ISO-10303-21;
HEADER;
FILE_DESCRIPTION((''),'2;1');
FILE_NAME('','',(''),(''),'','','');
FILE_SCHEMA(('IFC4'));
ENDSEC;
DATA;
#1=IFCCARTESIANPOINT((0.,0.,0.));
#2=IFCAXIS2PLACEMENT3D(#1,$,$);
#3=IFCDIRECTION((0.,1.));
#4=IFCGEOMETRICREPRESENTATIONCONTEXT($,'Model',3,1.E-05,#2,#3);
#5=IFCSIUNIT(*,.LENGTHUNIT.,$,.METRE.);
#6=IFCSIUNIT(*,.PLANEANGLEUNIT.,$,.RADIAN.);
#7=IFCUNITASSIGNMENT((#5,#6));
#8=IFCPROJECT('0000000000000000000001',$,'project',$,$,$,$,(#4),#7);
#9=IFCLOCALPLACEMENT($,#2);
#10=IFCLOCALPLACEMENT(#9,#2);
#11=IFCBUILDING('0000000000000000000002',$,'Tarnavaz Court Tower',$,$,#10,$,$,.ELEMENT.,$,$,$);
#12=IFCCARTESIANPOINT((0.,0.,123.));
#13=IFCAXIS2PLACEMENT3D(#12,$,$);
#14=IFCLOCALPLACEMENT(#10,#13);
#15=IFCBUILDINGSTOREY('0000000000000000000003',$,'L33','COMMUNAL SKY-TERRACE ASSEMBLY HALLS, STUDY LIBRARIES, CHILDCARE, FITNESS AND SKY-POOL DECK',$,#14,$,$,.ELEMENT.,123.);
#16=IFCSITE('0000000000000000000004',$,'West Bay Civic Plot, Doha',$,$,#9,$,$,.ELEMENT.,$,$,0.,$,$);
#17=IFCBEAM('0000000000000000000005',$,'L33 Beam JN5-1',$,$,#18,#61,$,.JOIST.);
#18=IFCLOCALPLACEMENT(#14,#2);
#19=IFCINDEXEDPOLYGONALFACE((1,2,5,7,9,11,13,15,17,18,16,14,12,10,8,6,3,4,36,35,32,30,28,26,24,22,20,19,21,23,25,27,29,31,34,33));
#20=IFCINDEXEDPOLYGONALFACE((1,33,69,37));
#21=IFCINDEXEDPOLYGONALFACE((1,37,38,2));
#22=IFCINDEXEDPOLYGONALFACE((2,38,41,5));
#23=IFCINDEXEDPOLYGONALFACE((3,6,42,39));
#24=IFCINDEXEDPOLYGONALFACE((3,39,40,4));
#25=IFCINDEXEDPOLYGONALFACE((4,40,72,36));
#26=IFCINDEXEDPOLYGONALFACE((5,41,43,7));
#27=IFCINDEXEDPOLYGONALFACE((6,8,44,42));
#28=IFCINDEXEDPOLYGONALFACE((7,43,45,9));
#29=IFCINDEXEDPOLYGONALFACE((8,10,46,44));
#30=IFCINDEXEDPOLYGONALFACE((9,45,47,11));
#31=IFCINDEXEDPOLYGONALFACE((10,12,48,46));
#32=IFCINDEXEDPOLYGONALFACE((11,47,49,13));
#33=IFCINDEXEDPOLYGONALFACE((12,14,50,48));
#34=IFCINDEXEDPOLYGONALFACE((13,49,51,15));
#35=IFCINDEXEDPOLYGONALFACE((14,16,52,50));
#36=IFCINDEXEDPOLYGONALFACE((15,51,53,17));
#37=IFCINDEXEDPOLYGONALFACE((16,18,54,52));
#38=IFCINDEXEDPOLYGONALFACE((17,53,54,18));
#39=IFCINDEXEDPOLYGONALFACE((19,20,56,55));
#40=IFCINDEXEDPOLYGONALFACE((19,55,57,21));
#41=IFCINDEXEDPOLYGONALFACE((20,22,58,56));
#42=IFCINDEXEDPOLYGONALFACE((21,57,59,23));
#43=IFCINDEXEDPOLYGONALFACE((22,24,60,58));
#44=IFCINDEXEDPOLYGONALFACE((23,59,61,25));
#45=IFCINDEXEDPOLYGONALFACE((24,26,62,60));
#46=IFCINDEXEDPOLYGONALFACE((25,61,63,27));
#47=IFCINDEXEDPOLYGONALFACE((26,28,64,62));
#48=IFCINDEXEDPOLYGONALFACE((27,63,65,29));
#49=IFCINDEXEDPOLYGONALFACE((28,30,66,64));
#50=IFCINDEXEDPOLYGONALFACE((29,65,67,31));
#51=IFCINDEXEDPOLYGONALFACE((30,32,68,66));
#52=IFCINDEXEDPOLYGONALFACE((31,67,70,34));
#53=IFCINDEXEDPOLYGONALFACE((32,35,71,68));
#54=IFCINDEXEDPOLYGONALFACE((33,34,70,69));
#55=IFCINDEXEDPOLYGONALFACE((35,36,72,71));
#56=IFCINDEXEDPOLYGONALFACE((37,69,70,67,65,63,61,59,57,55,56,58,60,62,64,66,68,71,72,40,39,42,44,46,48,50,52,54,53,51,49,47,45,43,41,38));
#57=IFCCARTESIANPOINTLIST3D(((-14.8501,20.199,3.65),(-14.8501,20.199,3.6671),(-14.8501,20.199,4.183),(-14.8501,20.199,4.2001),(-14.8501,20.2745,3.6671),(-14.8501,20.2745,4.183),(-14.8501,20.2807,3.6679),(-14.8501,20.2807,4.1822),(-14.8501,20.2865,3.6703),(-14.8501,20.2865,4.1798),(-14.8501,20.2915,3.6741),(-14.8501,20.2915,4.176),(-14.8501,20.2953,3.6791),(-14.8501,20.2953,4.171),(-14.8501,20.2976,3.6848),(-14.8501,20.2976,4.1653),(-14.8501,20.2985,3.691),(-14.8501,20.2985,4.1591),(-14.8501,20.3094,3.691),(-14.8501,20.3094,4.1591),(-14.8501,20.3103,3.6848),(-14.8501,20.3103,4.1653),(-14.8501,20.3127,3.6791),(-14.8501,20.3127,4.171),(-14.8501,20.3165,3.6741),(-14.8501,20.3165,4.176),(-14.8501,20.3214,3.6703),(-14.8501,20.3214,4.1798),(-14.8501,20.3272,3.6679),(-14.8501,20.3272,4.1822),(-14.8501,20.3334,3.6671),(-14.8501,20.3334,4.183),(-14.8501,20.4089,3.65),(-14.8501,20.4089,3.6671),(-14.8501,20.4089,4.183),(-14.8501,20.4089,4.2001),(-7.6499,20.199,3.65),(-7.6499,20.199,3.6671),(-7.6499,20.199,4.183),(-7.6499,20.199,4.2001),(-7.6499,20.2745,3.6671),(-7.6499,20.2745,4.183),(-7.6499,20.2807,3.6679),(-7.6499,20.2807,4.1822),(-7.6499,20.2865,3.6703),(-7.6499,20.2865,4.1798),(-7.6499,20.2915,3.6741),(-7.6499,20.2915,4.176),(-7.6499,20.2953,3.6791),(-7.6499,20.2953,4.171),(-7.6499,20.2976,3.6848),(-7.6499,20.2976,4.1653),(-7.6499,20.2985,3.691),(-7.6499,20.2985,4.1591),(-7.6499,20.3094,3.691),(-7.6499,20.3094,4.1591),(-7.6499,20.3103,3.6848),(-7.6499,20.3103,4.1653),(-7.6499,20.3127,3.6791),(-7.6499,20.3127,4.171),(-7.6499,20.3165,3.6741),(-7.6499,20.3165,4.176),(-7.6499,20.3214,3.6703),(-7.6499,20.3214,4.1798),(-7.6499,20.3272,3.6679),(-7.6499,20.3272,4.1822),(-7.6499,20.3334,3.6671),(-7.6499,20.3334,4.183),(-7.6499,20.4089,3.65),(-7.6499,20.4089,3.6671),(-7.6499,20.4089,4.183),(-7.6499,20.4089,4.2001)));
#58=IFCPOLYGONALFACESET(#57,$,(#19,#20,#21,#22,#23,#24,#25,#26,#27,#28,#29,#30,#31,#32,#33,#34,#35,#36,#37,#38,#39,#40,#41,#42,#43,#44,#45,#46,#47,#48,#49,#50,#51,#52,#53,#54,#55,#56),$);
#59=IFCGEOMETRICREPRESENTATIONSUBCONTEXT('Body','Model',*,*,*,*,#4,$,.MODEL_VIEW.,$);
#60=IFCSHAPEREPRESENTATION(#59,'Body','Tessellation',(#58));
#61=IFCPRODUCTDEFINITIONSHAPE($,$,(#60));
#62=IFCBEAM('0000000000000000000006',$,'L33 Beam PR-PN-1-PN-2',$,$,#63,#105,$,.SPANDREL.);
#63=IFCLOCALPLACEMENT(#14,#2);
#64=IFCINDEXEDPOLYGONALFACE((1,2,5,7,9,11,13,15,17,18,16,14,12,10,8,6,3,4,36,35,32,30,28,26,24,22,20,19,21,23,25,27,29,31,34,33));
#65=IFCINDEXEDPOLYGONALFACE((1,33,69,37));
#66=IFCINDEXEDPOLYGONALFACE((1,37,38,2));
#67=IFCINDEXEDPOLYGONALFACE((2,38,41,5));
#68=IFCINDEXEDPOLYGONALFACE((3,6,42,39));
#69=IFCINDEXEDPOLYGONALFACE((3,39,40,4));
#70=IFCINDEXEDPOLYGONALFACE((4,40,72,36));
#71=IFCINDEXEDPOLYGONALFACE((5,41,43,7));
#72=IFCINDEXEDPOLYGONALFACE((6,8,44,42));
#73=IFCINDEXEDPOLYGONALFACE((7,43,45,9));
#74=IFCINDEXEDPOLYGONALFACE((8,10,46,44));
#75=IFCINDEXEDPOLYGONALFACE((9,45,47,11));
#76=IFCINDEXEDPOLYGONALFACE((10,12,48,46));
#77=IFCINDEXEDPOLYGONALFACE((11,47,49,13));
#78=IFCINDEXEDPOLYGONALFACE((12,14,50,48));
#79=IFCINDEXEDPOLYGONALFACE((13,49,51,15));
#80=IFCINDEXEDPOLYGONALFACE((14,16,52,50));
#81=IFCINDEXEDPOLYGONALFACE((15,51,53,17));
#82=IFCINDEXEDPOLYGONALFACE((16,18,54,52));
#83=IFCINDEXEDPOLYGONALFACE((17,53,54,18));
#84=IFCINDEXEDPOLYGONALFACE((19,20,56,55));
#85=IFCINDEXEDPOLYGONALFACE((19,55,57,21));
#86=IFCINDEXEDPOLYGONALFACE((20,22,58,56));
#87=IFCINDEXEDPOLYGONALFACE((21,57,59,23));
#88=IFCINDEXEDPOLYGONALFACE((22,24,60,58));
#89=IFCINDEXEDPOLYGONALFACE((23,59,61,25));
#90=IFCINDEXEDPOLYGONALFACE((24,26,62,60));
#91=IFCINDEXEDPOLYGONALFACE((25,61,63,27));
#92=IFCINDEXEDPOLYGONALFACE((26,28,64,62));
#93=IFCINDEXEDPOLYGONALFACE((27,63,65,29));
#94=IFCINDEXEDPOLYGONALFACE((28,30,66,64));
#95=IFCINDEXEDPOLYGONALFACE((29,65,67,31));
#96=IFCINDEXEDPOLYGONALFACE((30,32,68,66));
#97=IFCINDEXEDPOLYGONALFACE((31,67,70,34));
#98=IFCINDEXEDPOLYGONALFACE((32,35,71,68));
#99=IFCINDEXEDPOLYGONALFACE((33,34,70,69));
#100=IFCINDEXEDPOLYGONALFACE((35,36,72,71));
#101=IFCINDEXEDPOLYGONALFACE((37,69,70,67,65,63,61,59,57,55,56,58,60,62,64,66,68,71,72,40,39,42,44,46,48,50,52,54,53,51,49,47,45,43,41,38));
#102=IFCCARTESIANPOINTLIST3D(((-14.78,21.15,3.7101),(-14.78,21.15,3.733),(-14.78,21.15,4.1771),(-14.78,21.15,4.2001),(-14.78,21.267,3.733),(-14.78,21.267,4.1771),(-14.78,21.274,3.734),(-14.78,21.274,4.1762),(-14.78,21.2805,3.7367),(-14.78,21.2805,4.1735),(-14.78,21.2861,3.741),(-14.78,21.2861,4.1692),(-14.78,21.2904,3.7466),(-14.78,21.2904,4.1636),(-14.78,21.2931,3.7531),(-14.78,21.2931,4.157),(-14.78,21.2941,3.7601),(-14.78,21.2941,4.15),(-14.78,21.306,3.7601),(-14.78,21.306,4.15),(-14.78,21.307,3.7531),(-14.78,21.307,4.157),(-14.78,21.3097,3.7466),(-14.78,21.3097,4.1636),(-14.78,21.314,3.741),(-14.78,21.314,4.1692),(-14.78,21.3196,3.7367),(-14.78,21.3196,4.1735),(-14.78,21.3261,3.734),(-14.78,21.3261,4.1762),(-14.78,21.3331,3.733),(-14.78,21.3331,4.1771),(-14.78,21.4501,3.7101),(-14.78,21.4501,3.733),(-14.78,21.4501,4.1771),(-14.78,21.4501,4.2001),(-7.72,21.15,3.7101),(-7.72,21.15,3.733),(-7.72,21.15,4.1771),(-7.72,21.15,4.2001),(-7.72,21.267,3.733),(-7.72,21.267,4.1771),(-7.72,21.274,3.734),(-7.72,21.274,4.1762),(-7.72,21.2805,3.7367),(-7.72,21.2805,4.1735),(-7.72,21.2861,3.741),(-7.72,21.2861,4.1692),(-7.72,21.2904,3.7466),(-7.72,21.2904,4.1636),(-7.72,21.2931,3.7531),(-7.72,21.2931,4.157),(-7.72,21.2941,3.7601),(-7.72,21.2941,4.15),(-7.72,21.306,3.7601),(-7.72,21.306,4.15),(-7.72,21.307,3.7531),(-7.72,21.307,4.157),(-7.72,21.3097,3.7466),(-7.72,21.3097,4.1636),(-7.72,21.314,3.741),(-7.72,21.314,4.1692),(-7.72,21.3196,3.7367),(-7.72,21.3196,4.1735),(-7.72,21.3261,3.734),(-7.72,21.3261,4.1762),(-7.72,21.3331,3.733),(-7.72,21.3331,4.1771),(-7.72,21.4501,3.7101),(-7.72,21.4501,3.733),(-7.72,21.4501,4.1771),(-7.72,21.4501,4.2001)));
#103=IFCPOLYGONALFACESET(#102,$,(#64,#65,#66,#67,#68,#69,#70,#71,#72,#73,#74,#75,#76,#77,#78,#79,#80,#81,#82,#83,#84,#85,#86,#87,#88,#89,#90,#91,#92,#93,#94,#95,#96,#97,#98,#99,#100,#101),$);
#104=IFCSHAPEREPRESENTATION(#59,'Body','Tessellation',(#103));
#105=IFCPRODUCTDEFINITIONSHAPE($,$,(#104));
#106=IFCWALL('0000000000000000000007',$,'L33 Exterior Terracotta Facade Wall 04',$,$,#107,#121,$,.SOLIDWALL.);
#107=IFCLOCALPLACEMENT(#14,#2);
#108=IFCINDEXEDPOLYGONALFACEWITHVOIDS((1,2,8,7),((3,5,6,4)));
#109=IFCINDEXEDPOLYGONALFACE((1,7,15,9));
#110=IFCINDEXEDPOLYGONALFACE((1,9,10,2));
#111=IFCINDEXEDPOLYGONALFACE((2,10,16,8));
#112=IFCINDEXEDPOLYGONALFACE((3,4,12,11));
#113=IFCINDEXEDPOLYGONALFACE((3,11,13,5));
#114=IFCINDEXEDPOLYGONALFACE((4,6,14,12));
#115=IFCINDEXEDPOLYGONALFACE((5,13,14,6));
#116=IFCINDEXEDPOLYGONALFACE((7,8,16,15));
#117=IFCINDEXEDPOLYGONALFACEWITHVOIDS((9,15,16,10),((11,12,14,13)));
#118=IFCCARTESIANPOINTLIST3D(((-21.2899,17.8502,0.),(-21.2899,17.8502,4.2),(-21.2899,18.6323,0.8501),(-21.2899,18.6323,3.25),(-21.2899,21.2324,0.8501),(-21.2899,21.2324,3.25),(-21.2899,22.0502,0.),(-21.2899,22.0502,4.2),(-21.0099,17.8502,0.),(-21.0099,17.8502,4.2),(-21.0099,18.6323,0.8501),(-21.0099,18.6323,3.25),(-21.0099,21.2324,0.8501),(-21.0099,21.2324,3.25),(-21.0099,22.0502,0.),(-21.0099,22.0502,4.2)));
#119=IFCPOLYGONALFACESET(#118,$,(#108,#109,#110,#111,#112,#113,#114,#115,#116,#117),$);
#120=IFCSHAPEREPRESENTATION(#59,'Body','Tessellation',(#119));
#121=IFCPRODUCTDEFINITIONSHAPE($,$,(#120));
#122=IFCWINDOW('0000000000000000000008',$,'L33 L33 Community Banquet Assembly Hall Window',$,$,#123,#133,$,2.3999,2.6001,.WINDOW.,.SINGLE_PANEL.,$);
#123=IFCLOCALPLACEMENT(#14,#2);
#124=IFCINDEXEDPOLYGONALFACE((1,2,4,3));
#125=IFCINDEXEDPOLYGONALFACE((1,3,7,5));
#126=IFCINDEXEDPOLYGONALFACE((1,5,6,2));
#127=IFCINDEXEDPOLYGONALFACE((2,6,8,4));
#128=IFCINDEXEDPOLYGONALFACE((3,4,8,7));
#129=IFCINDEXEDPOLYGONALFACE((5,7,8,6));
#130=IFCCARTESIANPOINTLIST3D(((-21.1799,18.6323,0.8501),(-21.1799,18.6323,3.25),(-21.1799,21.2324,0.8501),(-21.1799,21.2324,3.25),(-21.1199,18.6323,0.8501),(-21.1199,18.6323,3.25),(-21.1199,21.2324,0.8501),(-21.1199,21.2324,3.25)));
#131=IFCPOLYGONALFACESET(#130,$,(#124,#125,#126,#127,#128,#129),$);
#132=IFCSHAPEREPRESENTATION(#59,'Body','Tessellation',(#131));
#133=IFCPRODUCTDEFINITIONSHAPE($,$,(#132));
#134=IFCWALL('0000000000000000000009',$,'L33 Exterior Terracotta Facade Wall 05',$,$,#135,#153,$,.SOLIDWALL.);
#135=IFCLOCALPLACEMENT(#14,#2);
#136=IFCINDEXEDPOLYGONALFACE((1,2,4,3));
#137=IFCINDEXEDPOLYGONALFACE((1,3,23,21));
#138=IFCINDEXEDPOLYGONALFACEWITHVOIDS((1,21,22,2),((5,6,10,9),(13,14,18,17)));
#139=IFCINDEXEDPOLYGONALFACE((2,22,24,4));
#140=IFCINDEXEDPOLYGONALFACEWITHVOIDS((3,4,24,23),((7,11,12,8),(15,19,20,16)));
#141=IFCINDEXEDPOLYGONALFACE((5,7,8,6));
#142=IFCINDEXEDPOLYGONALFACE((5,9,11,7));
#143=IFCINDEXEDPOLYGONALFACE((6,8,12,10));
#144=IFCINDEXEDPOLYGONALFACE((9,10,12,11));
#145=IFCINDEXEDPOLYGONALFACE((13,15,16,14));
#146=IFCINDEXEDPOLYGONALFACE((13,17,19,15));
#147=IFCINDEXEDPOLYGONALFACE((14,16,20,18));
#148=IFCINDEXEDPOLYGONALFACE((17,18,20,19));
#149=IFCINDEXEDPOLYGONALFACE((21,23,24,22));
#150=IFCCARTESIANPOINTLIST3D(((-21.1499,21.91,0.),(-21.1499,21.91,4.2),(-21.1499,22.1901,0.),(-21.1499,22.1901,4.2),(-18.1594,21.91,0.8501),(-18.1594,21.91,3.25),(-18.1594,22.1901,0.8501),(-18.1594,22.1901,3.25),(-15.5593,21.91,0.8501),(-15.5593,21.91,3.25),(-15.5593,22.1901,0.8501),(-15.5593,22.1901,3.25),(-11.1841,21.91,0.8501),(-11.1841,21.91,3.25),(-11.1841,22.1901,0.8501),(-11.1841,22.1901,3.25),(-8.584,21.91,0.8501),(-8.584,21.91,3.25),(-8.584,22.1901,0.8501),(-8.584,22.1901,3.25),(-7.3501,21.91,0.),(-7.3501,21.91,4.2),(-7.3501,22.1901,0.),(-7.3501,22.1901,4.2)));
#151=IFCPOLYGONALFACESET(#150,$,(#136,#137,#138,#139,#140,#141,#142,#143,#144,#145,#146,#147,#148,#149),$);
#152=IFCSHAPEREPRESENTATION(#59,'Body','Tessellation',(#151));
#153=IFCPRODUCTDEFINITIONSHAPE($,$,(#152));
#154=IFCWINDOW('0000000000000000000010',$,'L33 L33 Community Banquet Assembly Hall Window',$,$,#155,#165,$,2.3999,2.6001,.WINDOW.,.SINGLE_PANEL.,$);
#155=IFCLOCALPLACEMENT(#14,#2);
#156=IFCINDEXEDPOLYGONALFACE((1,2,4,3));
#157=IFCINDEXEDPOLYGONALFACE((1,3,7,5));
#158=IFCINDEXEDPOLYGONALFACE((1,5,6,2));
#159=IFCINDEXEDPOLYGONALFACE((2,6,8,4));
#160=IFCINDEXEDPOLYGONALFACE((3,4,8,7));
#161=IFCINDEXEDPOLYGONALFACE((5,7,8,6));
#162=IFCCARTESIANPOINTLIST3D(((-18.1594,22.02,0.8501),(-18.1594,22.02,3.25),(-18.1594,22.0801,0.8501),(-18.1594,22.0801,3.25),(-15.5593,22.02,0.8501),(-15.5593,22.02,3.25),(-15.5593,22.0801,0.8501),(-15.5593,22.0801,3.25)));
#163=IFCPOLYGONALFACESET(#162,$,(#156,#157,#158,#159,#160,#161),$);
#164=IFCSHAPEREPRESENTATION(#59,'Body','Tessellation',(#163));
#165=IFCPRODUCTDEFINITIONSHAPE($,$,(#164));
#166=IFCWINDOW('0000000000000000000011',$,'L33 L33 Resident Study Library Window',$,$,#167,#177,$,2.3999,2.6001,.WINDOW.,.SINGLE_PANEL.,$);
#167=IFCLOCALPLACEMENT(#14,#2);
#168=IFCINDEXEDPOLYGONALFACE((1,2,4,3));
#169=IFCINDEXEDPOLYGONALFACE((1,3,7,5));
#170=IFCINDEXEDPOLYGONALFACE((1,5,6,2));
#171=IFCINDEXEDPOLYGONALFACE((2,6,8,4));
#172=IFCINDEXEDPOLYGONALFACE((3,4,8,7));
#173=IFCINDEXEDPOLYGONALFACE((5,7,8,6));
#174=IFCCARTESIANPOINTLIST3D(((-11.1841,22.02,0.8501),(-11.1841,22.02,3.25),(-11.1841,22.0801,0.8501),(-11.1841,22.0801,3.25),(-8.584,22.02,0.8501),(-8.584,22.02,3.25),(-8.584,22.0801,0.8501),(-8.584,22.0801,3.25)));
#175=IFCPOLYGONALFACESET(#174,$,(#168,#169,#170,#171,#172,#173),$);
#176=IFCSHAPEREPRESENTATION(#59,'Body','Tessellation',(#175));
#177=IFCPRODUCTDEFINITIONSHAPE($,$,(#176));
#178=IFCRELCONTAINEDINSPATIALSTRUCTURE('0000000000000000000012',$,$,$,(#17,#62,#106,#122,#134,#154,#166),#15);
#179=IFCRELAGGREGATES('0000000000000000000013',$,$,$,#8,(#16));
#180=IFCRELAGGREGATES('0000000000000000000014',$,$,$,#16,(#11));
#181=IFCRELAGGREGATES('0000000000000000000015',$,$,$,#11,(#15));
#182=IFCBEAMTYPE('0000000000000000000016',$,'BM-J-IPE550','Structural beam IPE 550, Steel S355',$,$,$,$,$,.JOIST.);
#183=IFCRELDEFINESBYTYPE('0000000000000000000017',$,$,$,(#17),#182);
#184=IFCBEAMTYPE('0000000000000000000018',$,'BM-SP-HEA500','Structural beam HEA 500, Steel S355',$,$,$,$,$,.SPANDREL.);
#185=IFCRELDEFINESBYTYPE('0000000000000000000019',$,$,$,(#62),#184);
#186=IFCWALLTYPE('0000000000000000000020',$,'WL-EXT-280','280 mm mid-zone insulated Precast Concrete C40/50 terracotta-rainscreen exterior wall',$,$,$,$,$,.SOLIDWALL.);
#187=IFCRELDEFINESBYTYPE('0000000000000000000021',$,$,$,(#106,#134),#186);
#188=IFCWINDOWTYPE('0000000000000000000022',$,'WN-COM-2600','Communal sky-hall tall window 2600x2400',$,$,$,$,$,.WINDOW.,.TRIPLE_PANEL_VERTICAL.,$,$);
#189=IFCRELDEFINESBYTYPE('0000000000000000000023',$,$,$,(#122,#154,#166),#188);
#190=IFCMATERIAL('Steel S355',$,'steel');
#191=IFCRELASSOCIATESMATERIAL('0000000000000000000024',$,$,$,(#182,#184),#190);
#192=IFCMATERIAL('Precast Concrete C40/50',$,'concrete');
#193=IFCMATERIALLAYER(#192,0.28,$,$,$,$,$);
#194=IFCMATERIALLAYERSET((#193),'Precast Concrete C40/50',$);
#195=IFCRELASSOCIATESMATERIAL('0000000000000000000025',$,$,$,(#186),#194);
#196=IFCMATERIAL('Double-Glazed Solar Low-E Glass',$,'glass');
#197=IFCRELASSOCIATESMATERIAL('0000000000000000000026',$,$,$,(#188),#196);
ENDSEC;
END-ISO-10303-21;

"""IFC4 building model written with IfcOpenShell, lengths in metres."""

from ifc_helpers import new_model, si_unit, direction, frame, frame_2d, origin, origin_2d, place, context, subcontext, project, spatial, rectangle, i_section, extrude, material, layer, layer_set, material_profile, profile_set, type_object, element, fill, save


model = new_model("IFC4")

# Units and contexts
model_context = context("Model", 3, precision=1e-05, world=origin(), true_north=direction((0.0, 1.0)))
body_context = subcontext(model_context, "Body", "Model", "MODEL_VIEW")
ifc_project = project(units=[si_unit("LENGTHUNIT", "METRE"), si_unit("PLANEANGLEUNIT", "RADIAN")], contexts=[model_context])

# Site, building, storey
site_placement = place(None, origin())
site = spatial("IfcSite", under=ifc_project, at=site_placement, Name="West Bay Civic Plot, Doha", CompositionType="ELEMENT", RefElevation=0.0)
building_placement = place(site_placement, origin())
building = spatial("IfcBuilding", under=site, at=building_placement, Name="Tarnavaz Court Tower", CompositionType="ELEMENT")
storey_placement = place(building_placement, frame((0.0, 0.0, 123.0)))
storey = spatial("IfcBuildingStorey", under=building, at=storey_placement, Name="L33", Description="COMMUNAL SKY-TERRACE ASSEMBLY HALLS, STUDY LIBRARIES, CHILDCARE, FITNESS AND SKY-POOL DECK", CompositionType="ELEMENT", Elevation=123.0)

# Beams
ifc_material_1 = material(Name="Steel S355", Category="steel")
ifc_material_profile_1 = material_profile(ifc_material_1, i_section(OverallWidth=0.21, OverallDepth=0.55, WebThickness=0.011, FlangeThickness=0.0171, FilletRadius=0.0239, at=origin_2d()), Name="IPE 550")
ifc_profile_set_1 = profile_set([ifc_material_profile_1], Name="Steel S355")
beam_type_1 = type_object("IfcBeamType", Name="BM-J-IPE550", Description="Structural beam IPE 550, Steel S355", PredefinedType="JOIST", material=ifc_profile_set_1)
for number, where, z_axis, x_axis, name in (
    (1, (-14.8501, 20.304, 3.925), (1.0, 0.0, 0.0), (0.0, 1.0, 0.0), "L33 Beam JN5-1"),
):
    element("IfcBeam", number, at=place(storey_placement, frame(where, z_axis=z_axis, x_axis=x_axis)), inside=storey, type_object=beam_type_1, Name=name, PredefinedType="JOIST", context=body_context, shape_type="SweptSolid", body=[
        extrude(i_section(OverallWidth=0.21, OverallDepth=0.55, WebThickness=0.011, FlangeThickness=0.0171, FilletRadius=0.0239, at=origin_2d()), origin(), (0.0, 0.0, 1.0), 7.2002),
    ])
ifc_material_profile_2 = material_profile(ifc_material_1, i_section(OverallWidth=0.3, OverallDepth=0.49, WebThickness=0.012, FlangeThickness=0.0229, FilletRadius=0.0271, at=origin_2d()), Name="HEA 500")
ifc_profile_set_2 = profile_set([ifc_material_profile_2], Name="Steel S355")
beam_type_2 = type_object("IfcBeamType", Name="BM-SP-HEA500", Description="Structural beam HEA 500, Steel S355", PredefinedType="SPANDREL", material=ifc_profile_set_2)
beam_placement = place(storey_placement, frame((-14.78, 21.3, 3.9551), z_axis=(1.0, 0.0, 0.0), x_axis=(0.0, 1.0, 0.0)))
element("IfcBeam", 2, at=beam_placement, inside=storey, type_object=beam_type_2, Name="L33 Beam PR-PN-1-PN-2", PredefinedType="SPANDREL", context=body_context, shape_type="SweptSolid", body=[
    extrude(i_section(OverallWidth=0.3, OverallDepth=0.49, WebThickness=0.012, FlangeThickness=0.0229, FilletRadius=0.0271, at=origin_2d()), origin(), (0.0, 0.0, 1.0), 7.0601),
])

# Wall, opening, window
ifc_material_2 = material(Name="Precast Concrete C40/50", Category="concrete")
ifc_layer_1 = layer(ifc_material_2, 0.28)
ifc_layer_set_1 = layer_set([ifc_layer_1], Name="Precast Concrete C40/50")
wall_type_1 = type_object("IfcWallType", Name="WL-EXT-280", Description="280 mm mid-zone insulated Precast Concrete C40/50 terracotta-rainscreen exterior wall", PredefinedType="SOLIDWALL", material=ifc_layer_set_1)
wall_1_placement = place(storey_placement, frame((-21.1499, 17.8501, 0.0), z_axis=(0.0, 0.0, 1.0), x_axis=(0.0, 1.0, 0.0)))
wall_1 = element("IfcWall", 3, at=wall_1_placement, inside=storey, type_object=wall_type_1, Name="L33 Exterior Terracotta Facade Wall 04", PredefinedType="SOLIDWALL", context=body_context, shape_type="SweptSolid", body=[
    extrude(rectangle(XDim=4.2, YDim=0.28, at=frame_2d((2.1001, 0.0))), origin(), (0.0, 0.0, 1.0), 4.2),
])
opening_1_placement = place(wall_1_placement, frame((0.7822, 0.0, 0.8501)))
opening_1 = element("IfcOpeningElement", 4, at=opening_1_placement, cuts=wall_1, PredefinedType="OPENING", context=body_context, shape_type="SweptSolid", body=[
    extrude(rectangle(XDim=2.6001, YDim=2.3999, at=frame_2d((1.3, 1.2))), frame((0.0, 0.1499, 0.0), z_axis=(0.0, -1.0, 0.0), x_axis=(1.0, 0.0, 0.0)), (0.0, 0.0, 1.0), 0.3),
])
ifc_material_3 = material(Name="Double-Glazed Solar Low-E Glass", Category="glass")
window_type = type_object("IfcWindowType", Name="WN-COM-2600", Description="Communal sky-hall tall window 2600x2400", PartitioningType="TRIPLE_PANEL_VERTICAL", PredefinedType="WINDOW", material=ifc_material_3)
window_1_placement = place(opening_1_placement, origin())
window_1 = element("IfcWindow", 5, at=window_1_placement, inside=storey, type_object=window_type, Name="L33 L33 Community Banquet Assembly Hall Window", OverallHeight=2.3999, OverallWidth=2.6001, PartitioningType="SINGLE_PANEL", PredefinedType="WINDOW", context=body_context, shape_type="SweptSolid", body=[
    extrude(rectangle(XDim=2.6001, YDim=2.3999, at=frame_2d((1.3, 1.2))), frame((0.0, 0.03, 0.0), z_axis=(0.0, -1.0, 0.0), x_axis=(1.0, 0.0, 0.0)), (0.0, 0.0, 1.0), 0.0601),
])
fill(opening_1, window_1)

# Wall, openings, windows
wall_2_placement = place(storey_placement, frame((-21.1499, 22.05, 0.0), z_axis=(0.0, 0.0, 1.0), x_axis=(1.0, 0.0, 0.0)))
wall_2 = element("IfcWall", 6, at=wall_2_placement, inside=storey, type_object=wall_type_1, Name="L33 Exterior Terracotta Facade Wall 05", PredefinedType="SOLIDWALL", context=body_context, shape_type="SweptSolid", body=[
    extrude(rectangle(XDim=13.7998, YDim=0.28, at=frame_2d((6.8999, 0.0))), origin(), (0.0, 0.0, 1.0), 4.2),
])
opening_2_placement = place(wall_2_placement, frame((2.9905, 0.0, 0.8501)))
opening_2 = element("IfcOpeningElement", 7, at=opening_2_placement, cuts=wall_2, PredefinedType="OPENING", context=body_context, shape_type="SweptSolid", body=[
    extrude(rectangle(XDim=2.6001, YDim=2.3999, at=frame_2d((1.3, 1.2))), frame((0.0, 0.1499, 0.0), z_axis=(0.0, -1.0, 0.0), x_axis=(1.0, 0.0, 0.0)), (0.0, 0.0, 1.0), 0.3),
])
opening_3_placement = place(wall_2_placement, frame((9.9658, 0.0, 0.8501)))
opening_3 = element("IfcOpeningElement", 8, at=opening_3_placement, cuts=wall_2, PredefinedType="OPENING", context=body_context, shape_type="SweptSolid", body=[
    extrude(rectangle(XDim=2.6001, YDim=2.3999, at=frame_2d((1.3, 1.2))), frame((0.0, 0.1499, 0.0), z_axis=(0.0, -1.0, 0.0), x_axis=(1.0, 0.0, 0.0)), (0.0, 0.0, 1.0), 0.3),
])
window_2_placement = place(opening_2_placement, origin())
window_2 = element("IfcWindow", 9, at=window_2_placement, inside=storey, type_object=window_type, Name="L33 L33 Community Banquet Assembly Hall Window", OverallHeight=2.3999, OverallWidth=2.6001, PartitioningType="SINGLE_PANEL", PredefinedType="WINDOW", context=body_context, shape_type="SweptSolid", body=[
    extrude(rectangle(XDim=2.6001, YDim=2.3999, at=frame_2d((1.3, 1.2))), frame((0.0, 0.03, 0.0), z_axis=(0.0, -1.0, 0.0), x_axis=(1.0, 0.0, 0.0)), (0.0, 0.0, 1.0), 0.0601),
])
fill(opening_2, window_2)
window_3_placement = place(opening_3_placement, origin())
window_3 = element("IfcWindow", 10, at=window_3_placement, inside=storey, type_object=window_type, Name="L33 L33 Resident Study Library Window", OverallHeight=2.3999, OverallWidth=2.6001, PartitioningType="SINGLE_PANEL", PredefinedType="WINDOW", context=body_context, shape_type="SweptSolid", body=[
    extrude(rectangle(XDim=2.6001, YDim=2.3999, at=frame_2d((1.3, 1.2))), frame((0.0, 0.03, 0.0), z_axis=(0.0, -1.0, 0.0), x_axis=(1.0, 0.0, 0.0)), (0.0, 0.0, 1.0), 0.0601),
])
fill(opening_3, window_3)

save(model, "model.ifc")
